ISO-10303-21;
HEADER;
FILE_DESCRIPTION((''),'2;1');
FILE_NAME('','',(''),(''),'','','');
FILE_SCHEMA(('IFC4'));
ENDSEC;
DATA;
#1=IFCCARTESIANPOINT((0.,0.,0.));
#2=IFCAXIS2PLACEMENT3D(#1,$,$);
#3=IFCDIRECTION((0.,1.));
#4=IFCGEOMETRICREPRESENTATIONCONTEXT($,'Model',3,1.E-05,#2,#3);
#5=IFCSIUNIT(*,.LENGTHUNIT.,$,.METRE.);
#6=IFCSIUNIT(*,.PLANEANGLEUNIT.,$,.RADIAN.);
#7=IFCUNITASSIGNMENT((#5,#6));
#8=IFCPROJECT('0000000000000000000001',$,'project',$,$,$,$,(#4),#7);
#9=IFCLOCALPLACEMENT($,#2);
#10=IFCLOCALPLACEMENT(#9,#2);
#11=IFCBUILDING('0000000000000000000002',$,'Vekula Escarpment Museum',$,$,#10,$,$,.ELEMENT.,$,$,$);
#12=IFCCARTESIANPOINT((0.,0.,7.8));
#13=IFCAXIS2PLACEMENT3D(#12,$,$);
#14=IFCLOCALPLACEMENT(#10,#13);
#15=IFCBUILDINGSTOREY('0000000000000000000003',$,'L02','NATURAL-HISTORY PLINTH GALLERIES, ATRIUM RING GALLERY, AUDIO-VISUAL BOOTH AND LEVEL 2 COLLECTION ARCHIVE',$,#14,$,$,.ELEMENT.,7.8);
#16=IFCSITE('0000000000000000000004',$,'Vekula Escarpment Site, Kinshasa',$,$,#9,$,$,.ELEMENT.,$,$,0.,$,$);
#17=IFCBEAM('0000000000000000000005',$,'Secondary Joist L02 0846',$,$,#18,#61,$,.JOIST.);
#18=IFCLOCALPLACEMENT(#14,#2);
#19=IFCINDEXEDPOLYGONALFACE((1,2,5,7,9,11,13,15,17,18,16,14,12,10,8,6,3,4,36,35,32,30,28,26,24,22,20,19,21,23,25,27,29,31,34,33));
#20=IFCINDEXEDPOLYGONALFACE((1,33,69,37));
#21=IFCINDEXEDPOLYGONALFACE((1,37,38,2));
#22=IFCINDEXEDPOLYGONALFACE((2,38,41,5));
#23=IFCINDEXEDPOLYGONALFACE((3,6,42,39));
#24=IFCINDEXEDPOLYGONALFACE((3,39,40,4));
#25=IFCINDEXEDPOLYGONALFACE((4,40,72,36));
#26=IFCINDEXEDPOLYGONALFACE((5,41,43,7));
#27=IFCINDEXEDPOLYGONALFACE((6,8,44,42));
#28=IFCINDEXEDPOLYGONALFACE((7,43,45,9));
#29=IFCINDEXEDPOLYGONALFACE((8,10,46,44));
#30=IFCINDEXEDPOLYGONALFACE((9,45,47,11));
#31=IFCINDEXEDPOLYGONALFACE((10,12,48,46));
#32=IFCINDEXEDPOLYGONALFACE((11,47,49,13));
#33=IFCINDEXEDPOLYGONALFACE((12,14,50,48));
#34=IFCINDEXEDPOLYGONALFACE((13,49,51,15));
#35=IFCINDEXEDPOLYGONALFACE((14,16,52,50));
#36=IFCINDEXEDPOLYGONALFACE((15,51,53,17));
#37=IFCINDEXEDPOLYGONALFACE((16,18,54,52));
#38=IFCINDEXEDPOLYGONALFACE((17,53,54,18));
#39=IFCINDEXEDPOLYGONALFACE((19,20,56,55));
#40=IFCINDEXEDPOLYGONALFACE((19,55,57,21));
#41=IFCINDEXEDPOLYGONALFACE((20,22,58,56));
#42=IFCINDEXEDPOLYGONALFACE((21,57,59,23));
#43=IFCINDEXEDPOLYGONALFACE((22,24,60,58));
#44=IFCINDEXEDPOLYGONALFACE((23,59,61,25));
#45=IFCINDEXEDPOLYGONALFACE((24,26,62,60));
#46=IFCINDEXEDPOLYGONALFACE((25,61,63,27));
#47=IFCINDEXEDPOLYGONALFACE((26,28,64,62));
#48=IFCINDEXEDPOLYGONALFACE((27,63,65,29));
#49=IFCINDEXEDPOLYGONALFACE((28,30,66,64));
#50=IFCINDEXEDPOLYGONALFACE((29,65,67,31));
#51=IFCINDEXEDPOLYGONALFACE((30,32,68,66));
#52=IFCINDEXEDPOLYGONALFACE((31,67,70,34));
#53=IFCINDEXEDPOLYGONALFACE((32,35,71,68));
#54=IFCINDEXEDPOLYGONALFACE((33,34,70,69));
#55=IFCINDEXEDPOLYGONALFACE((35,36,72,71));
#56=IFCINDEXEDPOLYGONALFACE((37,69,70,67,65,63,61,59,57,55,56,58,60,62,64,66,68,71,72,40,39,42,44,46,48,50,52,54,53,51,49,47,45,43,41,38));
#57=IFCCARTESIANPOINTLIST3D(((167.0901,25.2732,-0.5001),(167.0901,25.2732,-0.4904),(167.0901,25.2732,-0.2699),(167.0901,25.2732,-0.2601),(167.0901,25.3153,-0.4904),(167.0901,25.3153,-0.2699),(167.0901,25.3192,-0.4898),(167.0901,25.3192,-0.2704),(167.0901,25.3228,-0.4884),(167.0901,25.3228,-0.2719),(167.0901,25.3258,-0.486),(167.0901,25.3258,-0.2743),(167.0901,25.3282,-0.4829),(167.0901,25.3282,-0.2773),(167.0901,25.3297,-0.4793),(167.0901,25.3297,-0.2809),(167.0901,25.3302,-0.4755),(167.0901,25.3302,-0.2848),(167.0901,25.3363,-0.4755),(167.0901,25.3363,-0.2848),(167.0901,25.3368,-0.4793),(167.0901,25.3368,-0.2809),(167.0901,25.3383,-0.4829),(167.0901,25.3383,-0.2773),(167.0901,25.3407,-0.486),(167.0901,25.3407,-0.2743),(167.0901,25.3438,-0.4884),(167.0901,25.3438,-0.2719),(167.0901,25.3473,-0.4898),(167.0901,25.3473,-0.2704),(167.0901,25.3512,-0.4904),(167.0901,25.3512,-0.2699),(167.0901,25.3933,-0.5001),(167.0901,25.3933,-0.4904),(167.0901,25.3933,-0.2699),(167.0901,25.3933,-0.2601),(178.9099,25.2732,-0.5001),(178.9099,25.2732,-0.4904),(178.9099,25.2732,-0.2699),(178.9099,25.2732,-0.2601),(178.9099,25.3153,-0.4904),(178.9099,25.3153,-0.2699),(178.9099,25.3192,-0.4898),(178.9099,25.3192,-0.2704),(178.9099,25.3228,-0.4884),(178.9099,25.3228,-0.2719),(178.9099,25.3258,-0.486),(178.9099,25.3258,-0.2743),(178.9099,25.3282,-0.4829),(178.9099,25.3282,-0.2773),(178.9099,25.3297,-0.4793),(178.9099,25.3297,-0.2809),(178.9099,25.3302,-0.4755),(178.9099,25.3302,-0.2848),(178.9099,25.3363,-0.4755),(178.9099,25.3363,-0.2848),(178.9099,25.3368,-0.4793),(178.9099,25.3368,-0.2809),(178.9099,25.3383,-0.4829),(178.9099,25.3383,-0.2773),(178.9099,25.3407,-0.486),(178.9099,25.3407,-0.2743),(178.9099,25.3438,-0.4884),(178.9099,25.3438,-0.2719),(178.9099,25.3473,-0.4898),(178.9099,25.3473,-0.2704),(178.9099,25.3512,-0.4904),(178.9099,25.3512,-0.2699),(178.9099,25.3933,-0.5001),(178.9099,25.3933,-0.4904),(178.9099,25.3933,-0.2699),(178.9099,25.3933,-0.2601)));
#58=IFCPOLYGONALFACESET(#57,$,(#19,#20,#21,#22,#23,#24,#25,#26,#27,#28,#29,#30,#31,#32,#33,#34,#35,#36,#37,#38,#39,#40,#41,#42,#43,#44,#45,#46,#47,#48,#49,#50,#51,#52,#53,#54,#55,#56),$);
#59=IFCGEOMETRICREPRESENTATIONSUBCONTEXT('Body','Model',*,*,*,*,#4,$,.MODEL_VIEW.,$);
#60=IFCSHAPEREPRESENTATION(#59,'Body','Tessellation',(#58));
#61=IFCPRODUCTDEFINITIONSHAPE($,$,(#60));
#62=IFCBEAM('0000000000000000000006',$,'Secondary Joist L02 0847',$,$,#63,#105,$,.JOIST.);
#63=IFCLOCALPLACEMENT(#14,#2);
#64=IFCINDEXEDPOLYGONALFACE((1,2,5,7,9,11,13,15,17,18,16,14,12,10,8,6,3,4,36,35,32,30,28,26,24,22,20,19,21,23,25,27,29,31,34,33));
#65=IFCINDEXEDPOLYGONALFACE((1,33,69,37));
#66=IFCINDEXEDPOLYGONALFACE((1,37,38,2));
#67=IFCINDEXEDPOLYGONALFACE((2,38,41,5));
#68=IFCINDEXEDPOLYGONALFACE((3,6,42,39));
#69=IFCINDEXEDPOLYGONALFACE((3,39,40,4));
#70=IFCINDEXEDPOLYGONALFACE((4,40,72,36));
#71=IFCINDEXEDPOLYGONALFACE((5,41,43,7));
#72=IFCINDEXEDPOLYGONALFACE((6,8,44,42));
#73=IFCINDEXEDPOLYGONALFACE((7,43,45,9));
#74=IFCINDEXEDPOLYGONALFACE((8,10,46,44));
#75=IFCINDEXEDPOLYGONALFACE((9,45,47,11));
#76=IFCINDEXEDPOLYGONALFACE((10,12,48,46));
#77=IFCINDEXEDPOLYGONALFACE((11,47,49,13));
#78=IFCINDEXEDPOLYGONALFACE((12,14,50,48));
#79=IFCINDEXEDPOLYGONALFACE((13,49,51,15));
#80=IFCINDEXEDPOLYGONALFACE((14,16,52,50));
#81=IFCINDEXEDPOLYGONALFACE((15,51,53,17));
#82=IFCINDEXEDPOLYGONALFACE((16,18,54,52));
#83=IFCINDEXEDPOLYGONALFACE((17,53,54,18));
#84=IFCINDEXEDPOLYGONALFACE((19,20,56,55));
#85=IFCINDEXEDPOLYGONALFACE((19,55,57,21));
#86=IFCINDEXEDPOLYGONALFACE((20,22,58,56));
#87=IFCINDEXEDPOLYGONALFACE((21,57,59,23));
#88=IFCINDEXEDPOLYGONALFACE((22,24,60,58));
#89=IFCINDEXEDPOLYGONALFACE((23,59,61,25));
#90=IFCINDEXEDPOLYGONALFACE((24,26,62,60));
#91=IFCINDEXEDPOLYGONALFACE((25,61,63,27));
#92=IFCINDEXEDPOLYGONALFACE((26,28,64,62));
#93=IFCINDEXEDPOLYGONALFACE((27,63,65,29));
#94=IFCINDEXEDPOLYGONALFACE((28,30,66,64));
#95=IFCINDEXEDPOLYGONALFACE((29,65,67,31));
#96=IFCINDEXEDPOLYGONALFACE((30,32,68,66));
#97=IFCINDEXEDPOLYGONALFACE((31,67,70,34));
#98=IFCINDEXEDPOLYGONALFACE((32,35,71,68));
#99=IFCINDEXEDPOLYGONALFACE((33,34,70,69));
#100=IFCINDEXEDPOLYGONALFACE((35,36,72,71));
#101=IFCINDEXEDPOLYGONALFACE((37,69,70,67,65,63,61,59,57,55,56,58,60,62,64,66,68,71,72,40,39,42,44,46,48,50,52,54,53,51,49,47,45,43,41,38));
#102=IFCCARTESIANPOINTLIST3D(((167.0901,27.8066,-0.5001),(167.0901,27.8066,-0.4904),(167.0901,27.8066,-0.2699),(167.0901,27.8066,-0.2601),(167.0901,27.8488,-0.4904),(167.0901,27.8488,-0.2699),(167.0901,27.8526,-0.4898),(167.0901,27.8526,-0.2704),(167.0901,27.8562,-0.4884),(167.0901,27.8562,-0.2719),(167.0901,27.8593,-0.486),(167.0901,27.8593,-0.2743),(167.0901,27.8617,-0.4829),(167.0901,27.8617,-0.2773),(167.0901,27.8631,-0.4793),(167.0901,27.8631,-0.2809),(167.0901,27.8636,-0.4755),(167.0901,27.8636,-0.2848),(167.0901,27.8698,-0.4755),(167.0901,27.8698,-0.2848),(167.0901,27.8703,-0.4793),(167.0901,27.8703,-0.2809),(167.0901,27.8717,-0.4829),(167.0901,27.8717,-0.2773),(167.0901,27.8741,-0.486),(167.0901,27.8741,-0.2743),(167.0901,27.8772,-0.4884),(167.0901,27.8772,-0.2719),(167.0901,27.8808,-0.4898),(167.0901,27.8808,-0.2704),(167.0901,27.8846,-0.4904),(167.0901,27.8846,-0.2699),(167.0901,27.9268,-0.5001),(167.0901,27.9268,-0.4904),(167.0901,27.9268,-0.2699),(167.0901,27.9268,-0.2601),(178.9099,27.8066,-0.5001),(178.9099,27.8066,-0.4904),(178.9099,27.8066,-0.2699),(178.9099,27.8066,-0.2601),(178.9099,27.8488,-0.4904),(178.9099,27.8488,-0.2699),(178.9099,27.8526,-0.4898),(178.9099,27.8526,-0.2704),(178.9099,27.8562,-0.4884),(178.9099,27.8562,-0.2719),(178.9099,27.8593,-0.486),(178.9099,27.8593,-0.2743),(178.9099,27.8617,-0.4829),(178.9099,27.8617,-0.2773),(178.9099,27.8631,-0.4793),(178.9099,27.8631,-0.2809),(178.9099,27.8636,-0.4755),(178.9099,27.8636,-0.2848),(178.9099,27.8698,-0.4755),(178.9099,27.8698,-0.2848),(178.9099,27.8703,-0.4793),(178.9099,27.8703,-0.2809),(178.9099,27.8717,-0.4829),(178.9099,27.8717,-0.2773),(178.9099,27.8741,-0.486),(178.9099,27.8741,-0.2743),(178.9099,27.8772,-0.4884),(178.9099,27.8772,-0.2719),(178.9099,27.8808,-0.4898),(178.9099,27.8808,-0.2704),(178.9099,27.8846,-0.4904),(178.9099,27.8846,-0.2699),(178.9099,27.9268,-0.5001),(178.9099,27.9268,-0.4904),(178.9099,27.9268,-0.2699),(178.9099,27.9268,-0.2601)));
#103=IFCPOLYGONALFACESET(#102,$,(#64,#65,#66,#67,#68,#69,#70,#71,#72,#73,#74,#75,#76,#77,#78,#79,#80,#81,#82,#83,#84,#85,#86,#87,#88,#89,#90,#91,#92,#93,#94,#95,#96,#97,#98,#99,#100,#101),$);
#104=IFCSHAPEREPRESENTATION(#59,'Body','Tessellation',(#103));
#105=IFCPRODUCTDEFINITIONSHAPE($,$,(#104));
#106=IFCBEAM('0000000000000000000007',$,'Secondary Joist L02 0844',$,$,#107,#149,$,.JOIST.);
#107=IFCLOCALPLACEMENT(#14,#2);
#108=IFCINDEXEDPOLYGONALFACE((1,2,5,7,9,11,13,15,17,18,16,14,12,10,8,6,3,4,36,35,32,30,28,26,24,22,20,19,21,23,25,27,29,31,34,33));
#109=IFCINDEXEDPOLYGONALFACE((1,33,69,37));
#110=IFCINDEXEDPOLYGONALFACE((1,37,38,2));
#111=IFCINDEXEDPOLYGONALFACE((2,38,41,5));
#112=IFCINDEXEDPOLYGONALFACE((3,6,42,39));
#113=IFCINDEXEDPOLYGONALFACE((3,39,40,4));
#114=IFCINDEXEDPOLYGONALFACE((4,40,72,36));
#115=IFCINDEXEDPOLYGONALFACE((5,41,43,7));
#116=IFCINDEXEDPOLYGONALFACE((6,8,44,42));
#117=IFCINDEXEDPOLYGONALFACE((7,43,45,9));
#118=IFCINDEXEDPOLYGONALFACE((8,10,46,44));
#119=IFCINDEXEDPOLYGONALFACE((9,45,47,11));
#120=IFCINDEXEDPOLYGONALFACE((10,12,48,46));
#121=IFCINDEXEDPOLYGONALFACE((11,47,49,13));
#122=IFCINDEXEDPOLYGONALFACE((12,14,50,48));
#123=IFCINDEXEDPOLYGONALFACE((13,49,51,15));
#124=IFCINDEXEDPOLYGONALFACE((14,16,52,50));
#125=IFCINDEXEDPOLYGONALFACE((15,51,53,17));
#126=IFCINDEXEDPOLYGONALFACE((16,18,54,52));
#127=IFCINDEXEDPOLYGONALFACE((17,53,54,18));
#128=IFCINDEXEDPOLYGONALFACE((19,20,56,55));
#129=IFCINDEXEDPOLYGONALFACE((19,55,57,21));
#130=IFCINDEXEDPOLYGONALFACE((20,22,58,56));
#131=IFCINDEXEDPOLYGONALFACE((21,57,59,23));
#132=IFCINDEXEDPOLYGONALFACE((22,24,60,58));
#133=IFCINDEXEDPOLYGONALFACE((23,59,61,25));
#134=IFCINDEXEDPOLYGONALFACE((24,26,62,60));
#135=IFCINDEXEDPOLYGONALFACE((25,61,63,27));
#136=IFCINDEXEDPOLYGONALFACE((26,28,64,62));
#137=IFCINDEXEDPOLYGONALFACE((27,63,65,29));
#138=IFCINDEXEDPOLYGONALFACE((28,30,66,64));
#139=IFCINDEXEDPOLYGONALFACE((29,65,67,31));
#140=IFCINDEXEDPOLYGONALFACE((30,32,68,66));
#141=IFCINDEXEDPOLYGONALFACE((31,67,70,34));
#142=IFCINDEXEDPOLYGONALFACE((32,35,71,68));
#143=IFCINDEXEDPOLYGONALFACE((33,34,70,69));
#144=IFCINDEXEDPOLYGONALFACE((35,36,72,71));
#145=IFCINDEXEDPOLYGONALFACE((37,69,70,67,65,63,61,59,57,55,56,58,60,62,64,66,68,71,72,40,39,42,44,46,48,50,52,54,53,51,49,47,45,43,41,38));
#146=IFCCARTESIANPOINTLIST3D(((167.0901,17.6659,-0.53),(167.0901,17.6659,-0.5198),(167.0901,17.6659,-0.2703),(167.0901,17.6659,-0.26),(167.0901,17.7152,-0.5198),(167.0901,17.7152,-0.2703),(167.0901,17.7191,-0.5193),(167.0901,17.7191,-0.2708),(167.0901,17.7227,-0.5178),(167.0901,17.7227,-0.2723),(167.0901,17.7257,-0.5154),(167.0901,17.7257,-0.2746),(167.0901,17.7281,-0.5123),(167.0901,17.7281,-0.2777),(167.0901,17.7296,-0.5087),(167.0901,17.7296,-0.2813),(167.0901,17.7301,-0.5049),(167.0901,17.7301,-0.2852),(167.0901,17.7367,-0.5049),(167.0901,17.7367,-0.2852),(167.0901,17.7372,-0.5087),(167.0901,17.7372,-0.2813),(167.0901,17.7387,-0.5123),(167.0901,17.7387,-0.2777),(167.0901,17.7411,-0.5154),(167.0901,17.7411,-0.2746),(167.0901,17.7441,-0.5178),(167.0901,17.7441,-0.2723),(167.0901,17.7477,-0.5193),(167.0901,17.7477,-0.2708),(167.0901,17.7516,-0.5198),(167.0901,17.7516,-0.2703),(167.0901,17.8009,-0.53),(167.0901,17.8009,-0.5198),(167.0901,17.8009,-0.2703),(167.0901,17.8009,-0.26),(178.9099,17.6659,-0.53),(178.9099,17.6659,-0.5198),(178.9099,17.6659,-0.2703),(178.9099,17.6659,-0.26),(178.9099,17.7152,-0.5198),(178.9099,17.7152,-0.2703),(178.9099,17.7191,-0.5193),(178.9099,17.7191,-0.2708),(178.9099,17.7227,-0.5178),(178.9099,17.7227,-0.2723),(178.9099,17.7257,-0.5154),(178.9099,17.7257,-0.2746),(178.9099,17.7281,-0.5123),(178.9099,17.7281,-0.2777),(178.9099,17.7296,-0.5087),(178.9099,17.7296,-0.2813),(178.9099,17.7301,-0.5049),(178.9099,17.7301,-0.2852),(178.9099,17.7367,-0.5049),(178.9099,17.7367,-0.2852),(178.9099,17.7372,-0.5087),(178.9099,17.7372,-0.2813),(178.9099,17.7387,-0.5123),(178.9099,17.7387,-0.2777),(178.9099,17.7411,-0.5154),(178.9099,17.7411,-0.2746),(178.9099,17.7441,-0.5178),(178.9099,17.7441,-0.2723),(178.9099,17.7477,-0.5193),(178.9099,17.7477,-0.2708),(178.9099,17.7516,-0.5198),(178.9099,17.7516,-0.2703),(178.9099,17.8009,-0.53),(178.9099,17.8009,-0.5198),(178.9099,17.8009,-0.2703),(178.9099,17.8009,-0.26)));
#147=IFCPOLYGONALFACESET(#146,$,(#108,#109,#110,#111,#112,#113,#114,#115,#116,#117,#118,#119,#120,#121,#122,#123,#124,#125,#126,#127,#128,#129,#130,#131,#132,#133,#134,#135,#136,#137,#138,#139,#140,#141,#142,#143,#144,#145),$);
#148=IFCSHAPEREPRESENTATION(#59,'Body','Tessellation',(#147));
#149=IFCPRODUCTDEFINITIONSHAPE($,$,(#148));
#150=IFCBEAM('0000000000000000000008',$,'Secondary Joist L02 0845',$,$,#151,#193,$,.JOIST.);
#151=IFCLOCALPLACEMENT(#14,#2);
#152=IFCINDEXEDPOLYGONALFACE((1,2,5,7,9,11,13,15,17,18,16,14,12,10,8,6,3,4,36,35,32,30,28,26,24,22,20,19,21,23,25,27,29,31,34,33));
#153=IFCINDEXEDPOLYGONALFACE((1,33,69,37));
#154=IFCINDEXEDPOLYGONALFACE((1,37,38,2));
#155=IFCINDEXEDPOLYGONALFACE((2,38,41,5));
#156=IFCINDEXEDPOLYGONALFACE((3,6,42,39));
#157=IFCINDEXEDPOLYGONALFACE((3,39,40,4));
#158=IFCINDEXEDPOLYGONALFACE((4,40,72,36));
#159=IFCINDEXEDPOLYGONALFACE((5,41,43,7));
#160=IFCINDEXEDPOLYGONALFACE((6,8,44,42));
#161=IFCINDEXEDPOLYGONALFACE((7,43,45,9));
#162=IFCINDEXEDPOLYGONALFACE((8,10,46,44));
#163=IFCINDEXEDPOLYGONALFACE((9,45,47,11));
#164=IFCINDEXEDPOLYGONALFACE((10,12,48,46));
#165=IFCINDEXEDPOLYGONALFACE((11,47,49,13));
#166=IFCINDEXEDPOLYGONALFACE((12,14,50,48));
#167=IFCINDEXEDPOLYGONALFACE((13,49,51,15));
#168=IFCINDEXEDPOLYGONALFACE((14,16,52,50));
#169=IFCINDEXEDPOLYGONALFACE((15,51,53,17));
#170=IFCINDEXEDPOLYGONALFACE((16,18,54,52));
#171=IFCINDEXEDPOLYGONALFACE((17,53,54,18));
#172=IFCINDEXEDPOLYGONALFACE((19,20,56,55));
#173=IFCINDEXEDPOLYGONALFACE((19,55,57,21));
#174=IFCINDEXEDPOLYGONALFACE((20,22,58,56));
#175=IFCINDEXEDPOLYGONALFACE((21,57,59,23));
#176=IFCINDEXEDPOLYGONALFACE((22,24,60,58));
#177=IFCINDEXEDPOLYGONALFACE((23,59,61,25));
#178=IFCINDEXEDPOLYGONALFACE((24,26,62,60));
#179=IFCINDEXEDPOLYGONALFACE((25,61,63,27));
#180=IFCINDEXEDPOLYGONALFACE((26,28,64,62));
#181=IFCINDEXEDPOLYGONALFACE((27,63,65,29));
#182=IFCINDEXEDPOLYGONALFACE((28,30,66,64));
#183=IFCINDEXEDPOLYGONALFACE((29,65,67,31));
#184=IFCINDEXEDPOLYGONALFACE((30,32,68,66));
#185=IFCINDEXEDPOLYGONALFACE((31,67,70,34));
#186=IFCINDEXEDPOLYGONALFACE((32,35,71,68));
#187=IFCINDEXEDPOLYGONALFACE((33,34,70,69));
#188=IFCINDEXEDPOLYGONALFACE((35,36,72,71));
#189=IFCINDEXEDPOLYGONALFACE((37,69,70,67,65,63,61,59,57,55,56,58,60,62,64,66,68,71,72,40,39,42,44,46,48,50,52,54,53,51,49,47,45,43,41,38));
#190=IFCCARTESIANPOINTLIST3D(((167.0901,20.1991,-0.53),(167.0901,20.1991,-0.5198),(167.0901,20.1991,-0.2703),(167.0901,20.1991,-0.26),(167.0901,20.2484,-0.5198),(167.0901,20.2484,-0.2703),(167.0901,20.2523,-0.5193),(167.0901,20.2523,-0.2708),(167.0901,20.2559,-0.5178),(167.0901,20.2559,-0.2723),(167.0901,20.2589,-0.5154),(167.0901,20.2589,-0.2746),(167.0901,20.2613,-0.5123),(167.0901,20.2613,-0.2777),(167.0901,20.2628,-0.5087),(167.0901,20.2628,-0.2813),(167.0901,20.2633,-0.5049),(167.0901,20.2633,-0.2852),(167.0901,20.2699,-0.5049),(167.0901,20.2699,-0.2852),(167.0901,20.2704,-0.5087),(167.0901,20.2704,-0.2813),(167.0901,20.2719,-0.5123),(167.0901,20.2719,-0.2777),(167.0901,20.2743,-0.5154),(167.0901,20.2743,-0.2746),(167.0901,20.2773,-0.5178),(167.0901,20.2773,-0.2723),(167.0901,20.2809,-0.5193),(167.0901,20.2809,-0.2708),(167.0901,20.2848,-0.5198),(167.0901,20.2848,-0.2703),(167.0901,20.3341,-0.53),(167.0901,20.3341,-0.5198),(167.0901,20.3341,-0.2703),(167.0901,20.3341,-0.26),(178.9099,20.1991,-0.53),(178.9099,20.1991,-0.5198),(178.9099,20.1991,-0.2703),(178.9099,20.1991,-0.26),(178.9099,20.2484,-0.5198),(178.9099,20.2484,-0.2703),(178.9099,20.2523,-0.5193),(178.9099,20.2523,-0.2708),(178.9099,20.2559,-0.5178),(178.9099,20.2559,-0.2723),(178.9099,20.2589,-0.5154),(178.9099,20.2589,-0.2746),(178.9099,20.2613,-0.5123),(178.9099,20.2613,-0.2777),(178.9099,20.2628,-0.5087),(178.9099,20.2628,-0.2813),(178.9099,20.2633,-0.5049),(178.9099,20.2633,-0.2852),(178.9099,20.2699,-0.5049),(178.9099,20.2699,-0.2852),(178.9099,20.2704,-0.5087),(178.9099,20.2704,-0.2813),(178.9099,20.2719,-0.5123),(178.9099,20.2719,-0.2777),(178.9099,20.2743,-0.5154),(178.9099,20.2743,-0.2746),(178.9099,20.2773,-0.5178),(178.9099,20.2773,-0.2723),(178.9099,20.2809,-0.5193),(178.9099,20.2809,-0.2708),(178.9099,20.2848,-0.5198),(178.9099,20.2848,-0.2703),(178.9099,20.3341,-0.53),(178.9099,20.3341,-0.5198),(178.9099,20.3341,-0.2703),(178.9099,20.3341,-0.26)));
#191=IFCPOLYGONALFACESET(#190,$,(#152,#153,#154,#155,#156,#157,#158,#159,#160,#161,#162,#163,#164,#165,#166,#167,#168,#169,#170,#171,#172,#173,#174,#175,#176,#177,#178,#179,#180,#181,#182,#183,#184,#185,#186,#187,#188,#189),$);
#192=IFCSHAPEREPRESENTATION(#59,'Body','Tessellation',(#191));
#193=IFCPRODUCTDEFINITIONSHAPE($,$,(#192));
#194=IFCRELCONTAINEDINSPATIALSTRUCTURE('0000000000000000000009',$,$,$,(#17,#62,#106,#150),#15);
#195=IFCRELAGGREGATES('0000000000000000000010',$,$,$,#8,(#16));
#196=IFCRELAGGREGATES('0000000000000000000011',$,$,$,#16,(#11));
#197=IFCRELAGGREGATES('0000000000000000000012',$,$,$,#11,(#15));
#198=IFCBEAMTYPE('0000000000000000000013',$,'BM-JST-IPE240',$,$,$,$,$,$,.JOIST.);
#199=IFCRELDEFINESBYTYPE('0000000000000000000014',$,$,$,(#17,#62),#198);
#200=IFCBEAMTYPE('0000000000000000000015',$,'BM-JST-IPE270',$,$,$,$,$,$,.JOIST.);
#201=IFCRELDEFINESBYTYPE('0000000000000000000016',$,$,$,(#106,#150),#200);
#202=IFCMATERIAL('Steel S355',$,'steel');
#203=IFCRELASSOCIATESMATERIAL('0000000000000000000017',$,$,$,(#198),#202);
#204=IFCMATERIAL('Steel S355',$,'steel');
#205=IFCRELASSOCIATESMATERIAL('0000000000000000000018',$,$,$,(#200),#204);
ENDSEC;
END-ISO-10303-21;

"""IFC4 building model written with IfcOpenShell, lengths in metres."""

from ifc_helpers import new_model, si_unit, direction, frame, origin, origin_2d, place, context, subcontext, project, spatial, i_section, extrude, material, material_profile, profile_set, type_object, element, save


model = new_model("IFC4")

# Units and contexts
model_context = context("Model", 3, precision=1e-05, world=origin(), true_north=direction((0.0, 1.0)))
body_context = subcontext(model_context, "Body", "Model", "MODEL_VIEW")
ifc_project = project(units=[si_unit("LENGTHUNIT", "METRE"), si_unit("PLANEANGLEUNIT", "RADIAN")], contexts=[model_context])

# Site, building, storey
site_placement = place(None, origin())
site = spatial("IfcSite", under=ifc_project, at=site_placement, Name="Vekula Escarpment Site, Kinshasa", CompositionType="ELEMENT", RefElevation=0.0)
building_placement = place(site_placement, origin())
building = spatial("IfcBuilding", under=site, at=building_placement, Name="Vekula Escarpment Museum", CompositionType="ELEMENT")
storey_placement = place(building_placement, frame((0.0, 0.0, 7.8)))
storey = spatial("IfcBuildingStorey", under=building, at=storey_placement, Name="L02", Description="NATURAL-HISTORY PLINTH GALLERIES, ATRIUM RING GALLERY, AUDIO-VISUAL BOOTH AND LEVEL 2 COLLECTION ARCHIVE", CompositionType="ELEMENT", Elevation=7.8)

# Beams
ifc_material_1 = material(Name="Steel S355", Category="steel")
ifc_material_profile_1 = material_profile(ifc_material_1, i_section(OverallWidth=0.1201, OverallDepth=0.24, WebThickness=0.0061, FlangeThickness=0.0098, FilletRadius=0.0149, at=origin_2d()), Name="IPE 240")
ifc_profile_set_1 = profile_set([ifc_material_profile_1], Name="Steel S355")
beam_type_1 = type_object("IfcBeamType", Name="BM-JST-IPE240", PredefinedType="JOIST", material=ifc_profile_set_1)
for number, where, z_axis, x_axis, name in (
    (1, (167.0901, 25.3333, -0.3801), (1.0, 0.0, 0.0), (0.0, 1.0, 0.0), "Secondary Joist L02 0846"),
    (2, (167.0901, 27.8667, -0.3801), (1.0, 0.0, 0.0), (0.0, 1.0, 0.0), "Secondary Joist L02 0847"),
):
    element("IfcBeam", number, at=place(storey_placement, frame(where, z_axis=z_axis, x_axis=x_axis)), inside=storey, type_object=beam_type_1, Name=name, PredefinedType="JOIST", context=body_context, shape_type="SweptSolid", body=[
        extrude(i_section(OverallWidth=0.1201, OverallDepth=0.24, WebThickness=0.0061, FlangeThickness=0.0098, FilletRadius=0.0149, at=origin_2d()), origin(), (0.0, 0.0, 1.0), 11.8198),
    ])
ifc_material_2 = material(Name="Steel S355", Category="steel")
ifc_material_profile_2 = material_profile(ifc_material_2, i_section(OverallWidth=0.135, OverallDepth=0.27, WebThickness=0.0066, FlangeThickness=0.0103, FilletRadius=0.0149, at=origin_2d()), Name="IPE 270")
ifc_profile_set_2 = profile_set([ifc_material_profile_2], Name="Steel S355")
beam_type_2 = type_object("IfcBeamType", Name="BM-JST-IPE270", PredefinedType="JOIST", material=ifc_profile_set_2)
for number, where, z_axis, x_axis, name in (
    (3, (167.0901, 17.7334, -0.395), (1.0, 0.0, 0.0), (0.0, 1.0, 0.0), "Secondary Joist L02 0844"),
    (4, (167.0901, 20.2666, -0.395), (1.0, 0.0, 0.0), (0.0, 1.0, 0.0), "Secondary Joist L02 0845"),
):
    element("IfcBeam", number, at=place(storey_placement, frame(where, z_axis=z_axis, x_axis=x_axis)), inside=storey, type_object=beam_type_2, Name=name, PredefinedType="JOIST", context=body_context, shape_type="SweptSolid", body=[
        extrude(i_section(OverallWidth=0.135, OverallDepth=0.27, WebThickness=0.0066, FlangeThickness=0.0103, FilletRadius=0.0149, at=origin_2d()), origin(), (0.0, 0.0, 1.0), 11.8198),
    ])

save(model, "model.ifc")
